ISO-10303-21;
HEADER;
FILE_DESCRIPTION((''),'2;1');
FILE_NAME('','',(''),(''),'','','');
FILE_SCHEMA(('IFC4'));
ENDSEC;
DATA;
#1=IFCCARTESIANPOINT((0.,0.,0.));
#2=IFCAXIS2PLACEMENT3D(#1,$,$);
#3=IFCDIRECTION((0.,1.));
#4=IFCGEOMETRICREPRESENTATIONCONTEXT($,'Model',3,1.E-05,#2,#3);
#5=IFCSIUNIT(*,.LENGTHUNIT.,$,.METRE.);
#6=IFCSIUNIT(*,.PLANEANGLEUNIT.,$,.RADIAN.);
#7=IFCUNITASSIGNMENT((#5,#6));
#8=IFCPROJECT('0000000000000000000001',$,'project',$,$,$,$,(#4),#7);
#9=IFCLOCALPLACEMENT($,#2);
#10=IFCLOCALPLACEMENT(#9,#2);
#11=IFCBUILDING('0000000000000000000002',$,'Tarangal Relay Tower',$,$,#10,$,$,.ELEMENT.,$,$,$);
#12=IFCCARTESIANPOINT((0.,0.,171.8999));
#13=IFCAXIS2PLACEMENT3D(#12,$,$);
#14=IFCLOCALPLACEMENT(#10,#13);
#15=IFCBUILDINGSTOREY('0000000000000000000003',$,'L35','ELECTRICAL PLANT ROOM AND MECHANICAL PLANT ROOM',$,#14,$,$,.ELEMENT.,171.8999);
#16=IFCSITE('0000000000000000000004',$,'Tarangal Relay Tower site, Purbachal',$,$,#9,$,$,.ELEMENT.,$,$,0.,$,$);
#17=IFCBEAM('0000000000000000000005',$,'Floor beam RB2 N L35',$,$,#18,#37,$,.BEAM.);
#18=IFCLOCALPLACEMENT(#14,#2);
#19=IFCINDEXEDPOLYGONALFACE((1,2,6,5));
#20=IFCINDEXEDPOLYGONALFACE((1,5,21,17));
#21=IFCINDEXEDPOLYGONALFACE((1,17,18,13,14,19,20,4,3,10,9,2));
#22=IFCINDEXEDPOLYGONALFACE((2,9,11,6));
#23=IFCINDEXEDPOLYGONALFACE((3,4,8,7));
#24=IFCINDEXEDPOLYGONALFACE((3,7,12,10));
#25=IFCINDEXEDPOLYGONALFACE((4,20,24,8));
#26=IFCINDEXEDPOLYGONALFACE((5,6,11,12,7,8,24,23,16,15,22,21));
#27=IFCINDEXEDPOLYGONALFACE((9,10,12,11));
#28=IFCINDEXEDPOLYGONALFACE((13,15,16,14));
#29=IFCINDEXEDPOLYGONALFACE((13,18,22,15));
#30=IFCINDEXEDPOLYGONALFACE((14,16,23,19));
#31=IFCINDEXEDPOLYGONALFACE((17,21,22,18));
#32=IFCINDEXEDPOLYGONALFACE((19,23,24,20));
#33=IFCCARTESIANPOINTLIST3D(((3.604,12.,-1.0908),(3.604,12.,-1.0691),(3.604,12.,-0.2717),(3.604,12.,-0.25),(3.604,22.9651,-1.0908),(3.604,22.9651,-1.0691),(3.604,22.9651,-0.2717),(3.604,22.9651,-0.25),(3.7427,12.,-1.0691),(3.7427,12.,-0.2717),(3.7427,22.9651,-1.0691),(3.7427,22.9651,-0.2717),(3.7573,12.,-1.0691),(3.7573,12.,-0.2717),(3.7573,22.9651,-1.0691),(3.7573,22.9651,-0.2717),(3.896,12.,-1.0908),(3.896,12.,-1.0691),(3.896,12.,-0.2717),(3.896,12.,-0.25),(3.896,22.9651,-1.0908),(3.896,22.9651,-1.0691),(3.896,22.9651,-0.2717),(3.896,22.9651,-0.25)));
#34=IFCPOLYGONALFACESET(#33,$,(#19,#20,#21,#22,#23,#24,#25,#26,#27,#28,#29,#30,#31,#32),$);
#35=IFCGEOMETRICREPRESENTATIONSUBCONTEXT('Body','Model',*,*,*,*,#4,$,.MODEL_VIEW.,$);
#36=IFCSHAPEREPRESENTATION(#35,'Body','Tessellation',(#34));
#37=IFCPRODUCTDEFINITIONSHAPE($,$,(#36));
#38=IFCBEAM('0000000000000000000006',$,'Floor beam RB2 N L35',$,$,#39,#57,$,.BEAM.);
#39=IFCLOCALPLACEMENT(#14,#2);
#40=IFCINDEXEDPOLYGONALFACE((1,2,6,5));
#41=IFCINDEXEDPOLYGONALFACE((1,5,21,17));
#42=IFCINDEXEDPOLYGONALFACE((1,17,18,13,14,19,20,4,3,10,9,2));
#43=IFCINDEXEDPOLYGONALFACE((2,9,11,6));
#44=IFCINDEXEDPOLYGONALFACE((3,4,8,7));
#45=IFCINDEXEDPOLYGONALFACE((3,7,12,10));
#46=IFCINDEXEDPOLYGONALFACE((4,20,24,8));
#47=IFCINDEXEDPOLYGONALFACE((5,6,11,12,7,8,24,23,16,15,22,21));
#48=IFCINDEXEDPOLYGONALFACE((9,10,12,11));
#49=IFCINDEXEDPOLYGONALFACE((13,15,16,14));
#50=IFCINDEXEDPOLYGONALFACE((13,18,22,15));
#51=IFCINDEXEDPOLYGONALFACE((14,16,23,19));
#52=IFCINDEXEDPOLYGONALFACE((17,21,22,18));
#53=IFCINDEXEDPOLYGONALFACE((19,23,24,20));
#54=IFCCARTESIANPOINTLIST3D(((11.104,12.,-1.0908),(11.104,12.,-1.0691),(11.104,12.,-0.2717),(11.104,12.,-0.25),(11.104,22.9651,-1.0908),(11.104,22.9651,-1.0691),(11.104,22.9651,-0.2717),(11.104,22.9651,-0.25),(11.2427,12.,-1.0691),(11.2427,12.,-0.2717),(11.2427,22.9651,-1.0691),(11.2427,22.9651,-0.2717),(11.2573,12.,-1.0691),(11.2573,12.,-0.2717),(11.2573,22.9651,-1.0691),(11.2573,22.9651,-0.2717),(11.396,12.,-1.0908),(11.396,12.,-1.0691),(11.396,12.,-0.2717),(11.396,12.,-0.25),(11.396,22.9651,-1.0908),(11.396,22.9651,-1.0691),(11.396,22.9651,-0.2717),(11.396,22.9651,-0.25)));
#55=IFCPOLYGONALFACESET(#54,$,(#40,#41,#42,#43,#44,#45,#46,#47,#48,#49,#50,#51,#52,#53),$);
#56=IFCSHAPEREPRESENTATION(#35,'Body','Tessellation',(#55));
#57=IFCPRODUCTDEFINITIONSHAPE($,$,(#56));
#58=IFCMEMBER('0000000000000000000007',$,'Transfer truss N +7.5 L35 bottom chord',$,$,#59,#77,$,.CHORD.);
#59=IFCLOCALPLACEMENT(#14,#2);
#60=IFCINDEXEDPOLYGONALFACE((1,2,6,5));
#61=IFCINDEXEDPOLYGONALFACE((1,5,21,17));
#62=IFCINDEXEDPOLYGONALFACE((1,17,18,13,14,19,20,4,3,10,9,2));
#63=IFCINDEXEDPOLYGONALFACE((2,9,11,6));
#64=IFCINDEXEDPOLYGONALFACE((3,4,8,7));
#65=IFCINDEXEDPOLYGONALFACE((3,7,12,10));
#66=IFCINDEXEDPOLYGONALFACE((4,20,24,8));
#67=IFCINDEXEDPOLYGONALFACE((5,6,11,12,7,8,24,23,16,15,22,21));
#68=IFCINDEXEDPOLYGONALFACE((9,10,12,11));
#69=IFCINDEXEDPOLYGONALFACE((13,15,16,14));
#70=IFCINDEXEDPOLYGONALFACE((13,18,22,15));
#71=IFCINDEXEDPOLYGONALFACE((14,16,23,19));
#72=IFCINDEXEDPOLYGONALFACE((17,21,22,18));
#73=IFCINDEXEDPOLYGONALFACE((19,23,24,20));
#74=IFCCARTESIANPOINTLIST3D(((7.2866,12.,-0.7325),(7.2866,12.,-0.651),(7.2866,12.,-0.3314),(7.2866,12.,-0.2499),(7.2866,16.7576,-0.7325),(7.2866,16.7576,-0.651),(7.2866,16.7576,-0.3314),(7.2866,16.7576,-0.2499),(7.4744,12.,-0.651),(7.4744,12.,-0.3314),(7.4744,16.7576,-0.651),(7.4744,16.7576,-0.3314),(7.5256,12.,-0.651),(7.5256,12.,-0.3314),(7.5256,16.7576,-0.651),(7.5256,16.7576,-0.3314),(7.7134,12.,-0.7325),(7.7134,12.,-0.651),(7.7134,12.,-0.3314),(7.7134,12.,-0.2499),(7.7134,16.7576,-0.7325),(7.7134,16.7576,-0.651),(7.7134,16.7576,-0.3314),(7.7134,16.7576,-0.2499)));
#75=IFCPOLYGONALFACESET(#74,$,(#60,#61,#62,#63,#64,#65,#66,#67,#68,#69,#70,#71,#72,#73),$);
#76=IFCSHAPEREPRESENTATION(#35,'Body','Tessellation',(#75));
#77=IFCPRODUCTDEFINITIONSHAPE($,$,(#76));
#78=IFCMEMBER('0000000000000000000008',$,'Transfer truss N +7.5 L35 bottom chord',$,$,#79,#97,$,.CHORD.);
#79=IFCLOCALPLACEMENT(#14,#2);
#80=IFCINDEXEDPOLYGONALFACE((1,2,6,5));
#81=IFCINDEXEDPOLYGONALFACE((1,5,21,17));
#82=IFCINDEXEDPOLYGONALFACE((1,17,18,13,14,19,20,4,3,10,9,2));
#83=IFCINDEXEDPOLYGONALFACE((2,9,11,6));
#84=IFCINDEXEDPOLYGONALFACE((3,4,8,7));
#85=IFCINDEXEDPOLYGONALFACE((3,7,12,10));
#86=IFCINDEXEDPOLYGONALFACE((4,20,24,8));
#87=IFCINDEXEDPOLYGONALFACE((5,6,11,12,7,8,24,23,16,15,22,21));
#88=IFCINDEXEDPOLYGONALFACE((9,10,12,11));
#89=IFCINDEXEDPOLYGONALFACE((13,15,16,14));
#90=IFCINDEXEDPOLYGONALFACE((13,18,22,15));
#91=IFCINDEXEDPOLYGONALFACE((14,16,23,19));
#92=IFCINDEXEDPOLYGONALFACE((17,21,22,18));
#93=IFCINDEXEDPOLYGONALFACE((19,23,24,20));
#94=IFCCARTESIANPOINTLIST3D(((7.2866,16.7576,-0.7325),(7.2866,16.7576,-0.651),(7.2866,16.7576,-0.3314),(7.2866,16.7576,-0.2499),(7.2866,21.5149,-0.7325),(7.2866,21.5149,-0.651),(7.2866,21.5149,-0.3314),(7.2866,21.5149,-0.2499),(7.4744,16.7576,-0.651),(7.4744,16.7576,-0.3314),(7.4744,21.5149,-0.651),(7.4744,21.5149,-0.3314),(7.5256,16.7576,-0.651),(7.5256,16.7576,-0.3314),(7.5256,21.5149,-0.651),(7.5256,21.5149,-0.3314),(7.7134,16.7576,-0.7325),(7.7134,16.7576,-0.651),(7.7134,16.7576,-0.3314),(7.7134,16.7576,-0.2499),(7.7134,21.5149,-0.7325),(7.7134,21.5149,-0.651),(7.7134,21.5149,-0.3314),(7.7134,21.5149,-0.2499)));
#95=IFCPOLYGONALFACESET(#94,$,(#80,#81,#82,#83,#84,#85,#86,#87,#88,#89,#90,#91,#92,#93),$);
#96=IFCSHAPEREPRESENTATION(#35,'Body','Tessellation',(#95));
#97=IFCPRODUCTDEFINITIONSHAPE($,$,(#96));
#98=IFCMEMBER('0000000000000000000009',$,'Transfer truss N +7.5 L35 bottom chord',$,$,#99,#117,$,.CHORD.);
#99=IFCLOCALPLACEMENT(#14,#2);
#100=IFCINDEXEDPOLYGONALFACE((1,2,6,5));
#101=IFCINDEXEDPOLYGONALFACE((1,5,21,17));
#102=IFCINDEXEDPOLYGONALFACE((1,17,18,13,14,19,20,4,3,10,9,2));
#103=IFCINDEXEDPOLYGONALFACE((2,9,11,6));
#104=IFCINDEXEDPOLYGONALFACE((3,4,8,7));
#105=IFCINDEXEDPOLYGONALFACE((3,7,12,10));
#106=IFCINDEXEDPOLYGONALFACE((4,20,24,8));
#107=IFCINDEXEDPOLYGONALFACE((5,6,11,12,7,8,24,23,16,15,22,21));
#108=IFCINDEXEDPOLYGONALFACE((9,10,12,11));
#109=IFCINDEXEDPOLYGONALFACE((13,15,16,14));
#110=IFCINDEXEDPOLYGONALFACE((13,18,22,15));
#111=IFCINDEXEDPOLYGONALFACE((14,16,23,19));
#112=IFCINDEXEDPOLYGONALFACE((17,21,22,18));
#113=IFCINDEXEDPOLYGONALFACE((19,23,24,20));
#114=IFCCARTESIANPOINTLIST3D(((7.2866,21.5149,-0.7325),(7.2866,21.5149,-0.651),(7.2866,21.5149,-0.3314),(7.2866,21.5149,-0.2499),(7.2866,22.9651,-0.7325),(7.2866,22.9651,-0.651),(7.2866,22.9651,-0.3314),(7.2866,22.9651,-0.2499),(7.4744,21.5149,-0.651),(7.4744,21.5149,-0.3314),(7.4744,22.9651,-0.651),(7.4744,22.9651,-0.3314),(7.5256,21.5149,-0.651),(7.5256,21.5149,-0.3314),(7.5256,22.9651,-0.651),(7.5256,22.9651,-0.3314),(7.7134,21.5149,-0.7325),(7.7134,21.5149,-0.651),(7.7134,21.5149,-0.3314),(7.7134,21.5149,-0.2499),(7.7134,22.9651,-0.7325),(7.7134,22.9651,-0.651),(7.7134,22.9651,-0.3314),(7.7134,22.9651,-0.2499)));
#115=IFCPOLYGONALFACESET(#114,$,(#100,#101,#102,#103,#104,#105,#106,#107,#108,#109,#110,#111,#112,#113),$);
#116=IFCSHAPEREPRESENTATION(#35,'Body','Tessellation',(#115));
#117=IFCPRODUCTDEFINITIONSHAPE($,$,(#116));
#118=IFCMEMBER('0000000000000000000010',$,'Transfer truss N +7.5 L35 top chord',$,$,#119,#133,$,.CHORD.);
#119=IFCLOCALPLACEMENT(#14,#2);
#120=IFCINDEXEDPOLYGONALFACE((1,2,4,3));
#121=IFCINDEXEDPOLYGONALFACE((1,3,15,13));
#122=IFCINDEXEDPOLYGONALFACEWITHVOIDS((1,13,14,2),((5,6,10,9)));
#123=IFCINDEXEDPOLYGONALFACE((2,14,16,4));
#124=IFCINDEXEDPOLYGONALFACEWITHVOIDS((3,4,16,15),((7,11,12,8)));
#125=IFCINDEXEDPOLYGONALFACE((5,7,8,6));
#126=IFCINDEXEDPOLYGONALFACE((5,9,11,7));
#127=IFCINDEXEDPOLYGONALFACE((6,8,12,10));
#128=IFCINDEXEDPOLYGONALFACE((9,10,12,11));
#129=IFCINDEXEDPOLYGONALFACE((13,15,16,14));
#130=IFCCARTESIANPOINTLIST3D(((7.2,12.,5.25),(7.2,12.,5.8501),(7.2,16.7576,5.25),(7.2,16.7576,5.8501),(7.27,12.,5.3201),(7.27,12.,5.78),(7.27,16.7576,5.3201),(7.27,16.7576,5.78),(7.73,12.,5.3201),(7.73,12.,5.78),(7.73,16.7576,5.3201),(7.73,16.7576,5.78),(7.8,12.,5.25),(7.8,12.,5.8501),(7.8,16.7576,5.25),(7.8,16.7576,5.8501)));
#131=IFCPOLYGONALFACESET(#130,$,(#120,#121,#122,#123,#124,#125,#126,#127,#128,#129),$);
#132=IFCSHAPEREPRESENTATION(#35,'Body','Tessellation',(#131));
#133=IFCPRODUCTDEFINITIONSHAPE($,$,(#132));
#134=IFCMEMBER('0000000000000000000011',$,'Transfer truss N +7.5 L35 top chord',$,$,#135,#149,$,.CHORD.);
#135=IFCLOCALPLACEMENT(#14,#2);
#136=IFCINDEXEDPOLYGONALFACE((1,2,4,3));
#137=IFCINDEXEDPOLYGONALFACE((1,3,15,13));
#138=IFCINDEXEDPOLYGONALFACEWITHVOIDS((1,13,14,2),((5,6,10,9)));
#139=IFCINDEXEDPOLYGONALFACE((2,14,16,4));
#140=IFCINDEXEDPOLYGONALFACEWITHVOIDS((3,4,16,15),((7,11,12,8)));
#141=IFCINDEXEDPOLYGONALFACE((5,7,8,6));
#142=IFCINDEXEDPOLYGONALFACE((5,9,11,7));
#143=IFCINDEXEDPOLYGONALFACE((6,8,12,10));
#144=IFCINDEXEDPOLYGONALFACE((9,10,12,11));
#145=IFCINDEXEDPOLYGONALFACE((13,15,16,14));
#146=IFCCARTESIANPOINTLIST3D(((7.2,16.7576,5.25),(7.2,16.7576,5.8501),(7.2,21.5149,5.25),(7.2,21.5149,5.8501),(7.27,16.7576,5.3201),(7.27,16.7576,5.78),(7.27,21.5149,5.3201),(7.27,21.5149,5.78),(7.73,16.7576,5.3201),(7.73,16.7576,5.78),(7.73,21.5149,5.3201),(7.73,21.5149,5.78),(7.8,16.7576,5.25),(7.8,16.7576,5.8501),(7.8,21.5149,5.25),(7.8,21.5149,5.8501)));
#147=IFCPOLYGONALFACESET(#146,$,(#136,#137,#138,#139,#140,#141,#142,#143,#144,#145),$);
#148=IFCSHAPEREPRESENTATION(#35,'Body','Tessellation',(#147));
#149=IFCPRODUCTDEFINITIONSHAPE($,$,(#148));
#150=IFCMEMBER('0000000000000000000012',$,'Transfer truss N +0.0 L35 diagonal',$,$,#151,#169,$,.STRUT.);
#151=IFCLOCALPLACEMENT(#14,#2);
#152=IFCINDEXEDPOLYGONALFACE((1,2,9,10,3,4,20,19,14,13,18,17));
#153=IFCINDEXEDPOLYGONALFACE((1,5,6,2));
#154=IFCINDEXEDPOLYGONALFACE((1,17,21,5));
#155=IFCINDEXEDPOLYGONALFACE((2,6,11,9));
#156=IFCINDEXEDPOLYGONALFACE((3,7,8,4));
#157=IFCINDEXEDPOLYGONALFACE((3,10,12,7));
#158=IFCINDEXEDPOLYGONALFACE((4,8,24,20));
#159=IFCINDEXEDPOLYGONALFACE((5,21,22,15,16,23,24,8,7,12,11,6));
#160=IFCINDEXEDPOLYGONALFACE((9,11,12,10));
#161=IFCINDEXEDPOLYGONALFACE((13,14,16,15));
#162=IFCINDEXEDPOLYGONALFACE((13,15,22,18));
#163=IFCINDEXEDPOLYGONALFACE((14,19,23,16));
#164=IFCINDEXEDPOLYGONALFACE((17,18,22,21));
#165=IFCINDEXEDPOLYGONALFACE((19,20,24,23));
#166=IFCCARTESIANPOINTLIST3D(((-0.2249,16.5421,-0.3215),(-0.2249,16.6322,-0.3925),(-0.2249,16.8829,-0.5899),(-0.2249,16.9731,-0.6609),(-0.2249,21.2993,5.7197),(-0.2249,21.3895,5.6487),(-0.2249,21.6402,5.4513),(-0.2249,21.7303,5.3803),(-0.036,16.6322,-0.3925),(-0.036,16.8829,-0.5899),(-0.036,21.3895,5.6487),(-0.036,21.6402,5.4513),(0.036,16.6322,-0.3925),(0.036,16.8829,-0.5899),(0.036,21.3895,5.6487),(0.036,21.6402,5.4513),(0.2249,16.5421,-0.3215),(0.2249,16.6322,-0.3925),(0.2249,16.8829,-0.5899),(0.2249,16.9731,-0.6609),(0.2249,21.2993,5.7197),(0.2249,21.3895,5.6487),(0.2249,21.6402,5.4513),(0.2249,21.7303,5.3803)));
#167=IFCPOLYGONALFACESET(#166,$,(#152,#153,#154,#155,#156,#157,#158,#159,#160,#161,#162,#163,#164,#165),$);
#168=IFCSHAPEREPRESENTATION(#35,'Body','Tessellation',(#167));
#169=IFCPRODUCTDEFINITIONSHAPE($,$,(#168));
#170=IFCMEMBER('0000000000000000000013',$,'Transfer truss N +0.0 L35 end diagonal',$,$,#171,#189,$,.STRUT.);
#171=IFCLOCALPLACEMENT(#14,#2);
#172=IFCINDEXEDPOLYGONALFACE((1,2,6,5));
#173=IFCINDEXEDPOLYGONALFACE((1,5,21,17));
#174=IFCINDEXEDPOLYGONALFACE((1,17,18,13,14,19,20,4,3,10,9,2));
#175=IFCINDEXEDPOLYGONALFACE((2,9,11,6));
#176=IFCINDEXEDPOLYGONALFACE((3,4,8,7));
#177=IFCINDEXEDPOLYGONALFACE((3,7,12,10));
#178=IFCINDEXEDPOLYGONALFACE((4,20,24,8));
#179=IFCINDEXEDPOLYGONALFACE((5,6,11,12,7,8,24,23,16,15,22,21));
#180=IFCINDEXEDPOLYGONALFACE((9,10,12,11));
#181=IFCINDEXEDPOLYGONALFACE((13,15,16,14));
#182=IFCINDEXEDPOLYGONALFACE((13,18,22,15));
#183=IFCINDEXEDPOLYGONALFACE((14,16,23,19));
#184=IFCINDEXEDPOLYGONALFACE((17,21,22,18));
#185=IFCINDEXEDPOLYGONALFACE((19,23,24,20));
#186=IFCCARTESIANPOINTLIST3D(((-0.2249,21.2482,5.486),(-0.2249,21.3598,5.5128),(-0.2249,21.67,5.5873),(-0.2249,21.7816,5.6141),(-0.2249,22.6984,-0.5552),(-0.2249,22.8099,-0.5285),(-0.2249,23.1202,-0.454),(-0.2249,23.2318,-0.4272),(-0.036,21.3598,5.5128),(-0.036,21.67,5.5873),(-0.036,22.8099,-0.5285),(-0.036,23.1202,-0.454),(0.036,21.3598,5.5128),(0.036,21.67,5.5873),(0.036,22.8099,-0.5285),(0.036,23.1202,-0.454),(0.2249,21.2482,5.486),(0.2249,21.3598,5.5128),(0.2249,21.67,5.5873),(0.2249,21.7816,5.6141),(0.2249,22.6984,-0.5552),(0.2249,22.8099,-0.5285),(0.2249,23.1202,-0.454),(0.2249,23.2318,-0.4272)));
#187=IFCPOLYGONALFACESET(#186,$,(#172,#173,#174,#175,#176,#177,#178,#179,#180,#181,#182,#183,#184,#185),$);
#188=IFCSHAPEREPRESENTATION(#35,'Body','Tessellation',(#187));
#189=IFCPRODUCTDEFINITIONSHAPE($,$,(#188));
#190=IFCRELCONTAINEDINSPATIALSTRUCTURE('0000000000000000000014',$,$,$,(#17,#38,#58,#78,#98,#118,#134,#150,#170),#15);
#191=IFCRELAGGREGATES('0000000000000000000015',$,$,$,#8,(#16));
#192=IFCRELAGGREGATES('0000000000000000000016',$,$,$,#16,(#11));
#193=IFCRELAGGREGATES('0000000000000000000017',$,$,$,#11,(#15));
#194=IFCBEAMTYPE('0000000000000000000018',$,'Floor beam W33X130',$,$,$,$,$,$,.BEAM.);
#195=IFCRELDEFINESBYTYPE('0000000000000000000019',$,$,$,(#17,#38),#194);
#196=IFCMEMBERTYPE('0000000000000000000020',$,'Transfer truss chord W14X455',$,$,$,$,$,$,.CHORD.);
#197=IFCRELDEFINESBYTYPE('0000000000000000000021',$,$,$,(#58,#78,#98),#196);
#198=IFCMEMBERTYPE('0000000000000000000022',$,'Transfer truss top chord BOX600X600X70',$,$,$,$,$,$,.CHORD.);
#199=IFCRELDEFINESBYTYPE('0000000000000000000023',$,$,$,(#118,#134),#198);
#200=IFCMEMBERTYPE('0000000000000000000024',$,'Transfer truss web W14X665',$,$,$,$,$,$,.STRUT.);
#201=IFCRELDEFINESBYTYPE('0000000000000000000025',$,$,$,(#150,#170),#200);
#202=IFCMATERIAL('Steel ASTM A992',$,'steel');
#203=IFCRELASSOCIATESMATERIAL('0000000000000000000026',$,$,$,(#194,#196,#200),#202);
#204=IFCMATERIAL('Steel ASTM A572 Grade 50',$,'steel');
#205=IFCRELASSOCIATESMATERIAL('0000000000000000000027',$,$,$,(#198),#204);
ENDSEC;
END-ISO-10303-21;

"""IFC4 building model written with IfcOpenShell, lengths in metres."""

from ifc_helpers import new_model, si_unit, direction, frame, origin, origin_2d, place, context, subcontext, project, spatial, hollow_rectangle, i_section, extrude, material, material_profile, profile_set, type_object, element, save


model = new_model("IFC4")

# Units and contexts
model_context = context("Model", 3, precision=1e-05, world=origin(), true_north=direction((0.0, 1.0)))
body_context = subcontext(model_context, "Body", "Model", "MODEL_VIEW")
ifc_project = project(units=[si_unit("LENGTHUNIT", "METRE"), si_unit("PLANEANGLEUNIT", "RADIAN")], contexts=[model_context])

# Site, building, storey
site_placement = place(None, origin())
site = spatial("IfcSite", under=ifc_project, at=site_placement, Name="Tarangal Relay Tower site, Purbachal", CompositionType="ELEMENT", RefElevation=0.0)
building_placement = place(site_placement, origin())
building = spatial("IfcBuilding", under=site, at=building_placement, Name="Tarangal Relay Tower", CompositionType="ELEMENT")
storey_placement = place(building_placement, frame((0.0, 0.0, 171.8999)))
storey = spatial("IfcBuildingStorey", under=building, at=storey_placement, Name="L35", Description="ELECTRICAL PLANT ROOM AND MECHANICAL PLANT ROOM", CompositionType="ELEMENT", Elevation=171.8999)

# Shared definitions
ifc_material_1 = material(Name="Steel ASTM A572 Grade 50", Category="steel")

# Shared definitions
ifc_material_2 = material(Name="Steel ASTM A992", Category="steel")

# Beams
ifc_material_profile_1 = material_profile(ifc_material_2, i_section(OverallWidth=0.292, OverallDepth=0.8408, WebThickness=0.0146, FlangeThickness=0.0217, at=origin_2d()), Name="W33X130")
ifc_profile_set_1 = profile_set([ifc_material_profile_1], Name="Steel ASTM A992")
beam_type_1 = type_object("IfcBeamType", Name="Floor beam W33X130", PredefinedType="BEAM", material=ifc_profile_set_1)
for number, where, z_axis, x_axis, name in (
    (1, (3.75, 12.0, -0.6704), (0.0, 1.0, 0.0), (-1.0, 0.0, 0.0), "Floor beam RB2 N L35"),
    (2, (11.25, 12.0, -0.6704), (0.0, 1.0, 0.0), (-1.0, 0.0, 0.0), "Floor beam RB2 N L35"),
):
    element("IfcBeam", number, at=place(storey_placement, frame(where, z_axis=z_axis, x_axis=x_axis)), inside=storey, type_object=beam_type_1, Name=name, PredefinedType="BEAM", context=body_context, shape_type="SweptSolid", body=[
        extrude(i_section(OverallWidth=0.292, OverallDepth=0.8408, WebThickness=0.0146, FlangeThickness=0.0217, at=origin_2d()), origin(), (0.0, 0.0, 1.0), 10.9651),
    ])

# Members
ifc_material_profile_2 = material_profile(ifc_material_2, i_section(OverallWidth=0.4268, OverallDepth=0.4827, WebThickness=0.0513, FlangeThickness=0.0815, at=origin_2d()), Name="W14X455")
ifc_profile_set_2 = profile_set([ifc_material_profile_2], Name="Steel ASTM A992")
member_type_1 = type_object("IfcMemberType", Name="Transfer truss chord W14X455", PredefinedType="CHORD", material=ifc_profile_set_2)
member_1_placement = place(storey_placement, frame((7.5, 12.0, -0.4912), z_axis=(0.0, 1.0, 0.0), x_axis=(-1.0, 0.0, 0.0)))
element("IfcMember", 3, at=member_1_placement, inside=storey, type_object=member_type_1, Name="Transfer truss N +7.5 L35 bottom chord", PredefinedType="CHORD", context=body_context, shape_type="SweptSolid", body=[
    extrude(i_section(OverallWidth=0.4268, OverallDepth=0.4827, WebThickness=0.0513, FlangeThickness=0.0815, at=origin_2d()), origin(), (0.0, 0.0, 1.0), 4.7576),
])
member_2_placement = place(storey_placement, frame((7.5, 16.7576, -0.4912), z_axis=(0.0, 1.0, 0.0), x_axis=(-1.0, 0.0, 0.0)))
element("IfcMember", 4, at=member_2_placement, inside=storey, type_object=member_type_1, Name="Transfer truss N +7.5 L35 bottom chord", PredefinedType="CHORD", context=body_context, shape_type="SweptSolid", body=[
    extrude(i_section(OverallWidth=0.4268, OverallDepth=0.4827, WebThickness=0.0513, FlangeThickness=0.0815, at=origin_2d()), origin(), (0.0, 0.0, 1.0), 4.7573),
])
member_3_placement = place(storey_placement, frame((7.5, 21.5149, -0.4912), z_axis=(0.0, 1.0, 0.0), x_axis=(-1.0, 0.0, 0.0)))
element("IfcMember", 5, at=member_3_placement, inside=storey, type_object=member_type_1, Name="Transfer truss N +7.5 L35 bottom chord", PredefinedType="CHORD", context=body_context, shape_type="SweptSolid", body=[
    extrude(i_section(OverallWidth=0.4268, OverallDepth=0.4827, WebThickness=0.0513, FlangeThickness=0.0815, at=origin_2d()), origin(), (0.0, 0.0, 1.0), 1.4502),
])
ifc_material_profile_3 = material_profile(ifc_material_1, hollow_rectangle(XDim=0.6001, YDim=0.6001, WallThickness=0.0701, at=origin_2d()), Name="BOX600X600X70")
ifc_profile_set_3 = profile_set([ifc_material_profile_3], Name="Steel ASTM A572 Grade 50")
member_type_2 = type_object("IfcMemberType", Name="Transfer truss top chord BOX600X600X70", PredefinedType="CHORD", material=ifc_profile_set_3)
member_4_placement = place(storey_placement, frame((7.5, 12.0, 5.55), z_axis=(0.0, 1.0, 0.0), x_axis=(-1.0, 0.0, 0.0)))
element("IfcMember", 6, at=member_4_placement, inside=storey, type_object=member_type_2, Name="Transfer truss N +7.5 L35 top chord", PredefinedType="CHORD", context=body_context, shape_type="SweptSolid", body=[
    extrude(hollow_rectangle(XDim=0.6001, YDim=0.6001, WallThickness=0.0701, at=origin_2d()), origin(), (0.0, 0.0, 1.0), 4.7576),
])
member_5_placement = place(storey_placement, frame((7.5, 16.7576, 5.55), z_axis=(0.0, 1.0, 0.0), x_axis=(-1.0, 0.0, 0.0)))
element("IfcMember", 7, at=member_5_placement, inside=storey, type_object=member_type_2, Name="Transfer truss N +7.5 L35 top chord", PredefinedType="CHORD", context=body_context, shape_type="SweptSolid", body=[
    extrude(hollow_rectangle(XDim=0.6001, YDim=0.6001, WallThickness=0.0701, at=origin_2d()), origin(), (0.0, 0.0, 1.0), 4.7573),
])
ifc_material_profile_4 = material_profile(ifc_material_2, i_section(OverallWidth=0.4497, OverallDepth=0.5486, WebThickness=0.072, FlangeThickness=0.1147, at=origin_2d()), Name="W14X665")
ifc_profile_set_4 = profile_set([ifc_material_profile_4], Name="Steel ASTM A992")
member_type_3 = type_object("IfcMemberType", Name="Transfer truss web W14X665", PredefinedType="STRUT", material=ifc_profile_set_4)
member_6_placement = place(storey_placement, frame((0.0, 16.7576, -0.4912), z_axis=(0.0, 0.618675, 0.785647), x_axis=(-1.0, 0.0, 0.0)))
element("IfcMember", 8, at=member_6_placement, inside=storey, type_object=member_type_3, Name="Transfer truss N +0.0 L35 diagonal", PredefinedType="STRUT", context=body_context, shape_type="SweptSolid", body=[
    extrude(i_section(OverallWidth=0.4497, OverallDepth=0.5486, WebThickness=0.072, FlangeThickness=0.1147, at=origin_2d()), origin(), (0.0, 0.0, 1.0), 7.6895),
])
member_7_placement = place(storey_placement, frame((0.0, 22.9651, -0.4912), z_axis=(0.0, -0.233418, 0.972377), x_axis=(1.0, 0.0, 0.0)))
element("IfcMember", 9, at=member_7_placement, inside=storey, type_object=member_type_3, Name="Transfer truss N +0.0 L35 end diagonal", PredefinedType="STRUT", context=body_context, shape_type="SweptSolid", body=[
    extrude(i_section(OverallWidth=0.4497, OverallDepth=0.5486, WebThickness=0.072, FlangeThickness=0.1147, at=origin_2d()), origin(), (0.0, 0.0, 1.0), 6.2129),
])

save(model, "model.ifc")
